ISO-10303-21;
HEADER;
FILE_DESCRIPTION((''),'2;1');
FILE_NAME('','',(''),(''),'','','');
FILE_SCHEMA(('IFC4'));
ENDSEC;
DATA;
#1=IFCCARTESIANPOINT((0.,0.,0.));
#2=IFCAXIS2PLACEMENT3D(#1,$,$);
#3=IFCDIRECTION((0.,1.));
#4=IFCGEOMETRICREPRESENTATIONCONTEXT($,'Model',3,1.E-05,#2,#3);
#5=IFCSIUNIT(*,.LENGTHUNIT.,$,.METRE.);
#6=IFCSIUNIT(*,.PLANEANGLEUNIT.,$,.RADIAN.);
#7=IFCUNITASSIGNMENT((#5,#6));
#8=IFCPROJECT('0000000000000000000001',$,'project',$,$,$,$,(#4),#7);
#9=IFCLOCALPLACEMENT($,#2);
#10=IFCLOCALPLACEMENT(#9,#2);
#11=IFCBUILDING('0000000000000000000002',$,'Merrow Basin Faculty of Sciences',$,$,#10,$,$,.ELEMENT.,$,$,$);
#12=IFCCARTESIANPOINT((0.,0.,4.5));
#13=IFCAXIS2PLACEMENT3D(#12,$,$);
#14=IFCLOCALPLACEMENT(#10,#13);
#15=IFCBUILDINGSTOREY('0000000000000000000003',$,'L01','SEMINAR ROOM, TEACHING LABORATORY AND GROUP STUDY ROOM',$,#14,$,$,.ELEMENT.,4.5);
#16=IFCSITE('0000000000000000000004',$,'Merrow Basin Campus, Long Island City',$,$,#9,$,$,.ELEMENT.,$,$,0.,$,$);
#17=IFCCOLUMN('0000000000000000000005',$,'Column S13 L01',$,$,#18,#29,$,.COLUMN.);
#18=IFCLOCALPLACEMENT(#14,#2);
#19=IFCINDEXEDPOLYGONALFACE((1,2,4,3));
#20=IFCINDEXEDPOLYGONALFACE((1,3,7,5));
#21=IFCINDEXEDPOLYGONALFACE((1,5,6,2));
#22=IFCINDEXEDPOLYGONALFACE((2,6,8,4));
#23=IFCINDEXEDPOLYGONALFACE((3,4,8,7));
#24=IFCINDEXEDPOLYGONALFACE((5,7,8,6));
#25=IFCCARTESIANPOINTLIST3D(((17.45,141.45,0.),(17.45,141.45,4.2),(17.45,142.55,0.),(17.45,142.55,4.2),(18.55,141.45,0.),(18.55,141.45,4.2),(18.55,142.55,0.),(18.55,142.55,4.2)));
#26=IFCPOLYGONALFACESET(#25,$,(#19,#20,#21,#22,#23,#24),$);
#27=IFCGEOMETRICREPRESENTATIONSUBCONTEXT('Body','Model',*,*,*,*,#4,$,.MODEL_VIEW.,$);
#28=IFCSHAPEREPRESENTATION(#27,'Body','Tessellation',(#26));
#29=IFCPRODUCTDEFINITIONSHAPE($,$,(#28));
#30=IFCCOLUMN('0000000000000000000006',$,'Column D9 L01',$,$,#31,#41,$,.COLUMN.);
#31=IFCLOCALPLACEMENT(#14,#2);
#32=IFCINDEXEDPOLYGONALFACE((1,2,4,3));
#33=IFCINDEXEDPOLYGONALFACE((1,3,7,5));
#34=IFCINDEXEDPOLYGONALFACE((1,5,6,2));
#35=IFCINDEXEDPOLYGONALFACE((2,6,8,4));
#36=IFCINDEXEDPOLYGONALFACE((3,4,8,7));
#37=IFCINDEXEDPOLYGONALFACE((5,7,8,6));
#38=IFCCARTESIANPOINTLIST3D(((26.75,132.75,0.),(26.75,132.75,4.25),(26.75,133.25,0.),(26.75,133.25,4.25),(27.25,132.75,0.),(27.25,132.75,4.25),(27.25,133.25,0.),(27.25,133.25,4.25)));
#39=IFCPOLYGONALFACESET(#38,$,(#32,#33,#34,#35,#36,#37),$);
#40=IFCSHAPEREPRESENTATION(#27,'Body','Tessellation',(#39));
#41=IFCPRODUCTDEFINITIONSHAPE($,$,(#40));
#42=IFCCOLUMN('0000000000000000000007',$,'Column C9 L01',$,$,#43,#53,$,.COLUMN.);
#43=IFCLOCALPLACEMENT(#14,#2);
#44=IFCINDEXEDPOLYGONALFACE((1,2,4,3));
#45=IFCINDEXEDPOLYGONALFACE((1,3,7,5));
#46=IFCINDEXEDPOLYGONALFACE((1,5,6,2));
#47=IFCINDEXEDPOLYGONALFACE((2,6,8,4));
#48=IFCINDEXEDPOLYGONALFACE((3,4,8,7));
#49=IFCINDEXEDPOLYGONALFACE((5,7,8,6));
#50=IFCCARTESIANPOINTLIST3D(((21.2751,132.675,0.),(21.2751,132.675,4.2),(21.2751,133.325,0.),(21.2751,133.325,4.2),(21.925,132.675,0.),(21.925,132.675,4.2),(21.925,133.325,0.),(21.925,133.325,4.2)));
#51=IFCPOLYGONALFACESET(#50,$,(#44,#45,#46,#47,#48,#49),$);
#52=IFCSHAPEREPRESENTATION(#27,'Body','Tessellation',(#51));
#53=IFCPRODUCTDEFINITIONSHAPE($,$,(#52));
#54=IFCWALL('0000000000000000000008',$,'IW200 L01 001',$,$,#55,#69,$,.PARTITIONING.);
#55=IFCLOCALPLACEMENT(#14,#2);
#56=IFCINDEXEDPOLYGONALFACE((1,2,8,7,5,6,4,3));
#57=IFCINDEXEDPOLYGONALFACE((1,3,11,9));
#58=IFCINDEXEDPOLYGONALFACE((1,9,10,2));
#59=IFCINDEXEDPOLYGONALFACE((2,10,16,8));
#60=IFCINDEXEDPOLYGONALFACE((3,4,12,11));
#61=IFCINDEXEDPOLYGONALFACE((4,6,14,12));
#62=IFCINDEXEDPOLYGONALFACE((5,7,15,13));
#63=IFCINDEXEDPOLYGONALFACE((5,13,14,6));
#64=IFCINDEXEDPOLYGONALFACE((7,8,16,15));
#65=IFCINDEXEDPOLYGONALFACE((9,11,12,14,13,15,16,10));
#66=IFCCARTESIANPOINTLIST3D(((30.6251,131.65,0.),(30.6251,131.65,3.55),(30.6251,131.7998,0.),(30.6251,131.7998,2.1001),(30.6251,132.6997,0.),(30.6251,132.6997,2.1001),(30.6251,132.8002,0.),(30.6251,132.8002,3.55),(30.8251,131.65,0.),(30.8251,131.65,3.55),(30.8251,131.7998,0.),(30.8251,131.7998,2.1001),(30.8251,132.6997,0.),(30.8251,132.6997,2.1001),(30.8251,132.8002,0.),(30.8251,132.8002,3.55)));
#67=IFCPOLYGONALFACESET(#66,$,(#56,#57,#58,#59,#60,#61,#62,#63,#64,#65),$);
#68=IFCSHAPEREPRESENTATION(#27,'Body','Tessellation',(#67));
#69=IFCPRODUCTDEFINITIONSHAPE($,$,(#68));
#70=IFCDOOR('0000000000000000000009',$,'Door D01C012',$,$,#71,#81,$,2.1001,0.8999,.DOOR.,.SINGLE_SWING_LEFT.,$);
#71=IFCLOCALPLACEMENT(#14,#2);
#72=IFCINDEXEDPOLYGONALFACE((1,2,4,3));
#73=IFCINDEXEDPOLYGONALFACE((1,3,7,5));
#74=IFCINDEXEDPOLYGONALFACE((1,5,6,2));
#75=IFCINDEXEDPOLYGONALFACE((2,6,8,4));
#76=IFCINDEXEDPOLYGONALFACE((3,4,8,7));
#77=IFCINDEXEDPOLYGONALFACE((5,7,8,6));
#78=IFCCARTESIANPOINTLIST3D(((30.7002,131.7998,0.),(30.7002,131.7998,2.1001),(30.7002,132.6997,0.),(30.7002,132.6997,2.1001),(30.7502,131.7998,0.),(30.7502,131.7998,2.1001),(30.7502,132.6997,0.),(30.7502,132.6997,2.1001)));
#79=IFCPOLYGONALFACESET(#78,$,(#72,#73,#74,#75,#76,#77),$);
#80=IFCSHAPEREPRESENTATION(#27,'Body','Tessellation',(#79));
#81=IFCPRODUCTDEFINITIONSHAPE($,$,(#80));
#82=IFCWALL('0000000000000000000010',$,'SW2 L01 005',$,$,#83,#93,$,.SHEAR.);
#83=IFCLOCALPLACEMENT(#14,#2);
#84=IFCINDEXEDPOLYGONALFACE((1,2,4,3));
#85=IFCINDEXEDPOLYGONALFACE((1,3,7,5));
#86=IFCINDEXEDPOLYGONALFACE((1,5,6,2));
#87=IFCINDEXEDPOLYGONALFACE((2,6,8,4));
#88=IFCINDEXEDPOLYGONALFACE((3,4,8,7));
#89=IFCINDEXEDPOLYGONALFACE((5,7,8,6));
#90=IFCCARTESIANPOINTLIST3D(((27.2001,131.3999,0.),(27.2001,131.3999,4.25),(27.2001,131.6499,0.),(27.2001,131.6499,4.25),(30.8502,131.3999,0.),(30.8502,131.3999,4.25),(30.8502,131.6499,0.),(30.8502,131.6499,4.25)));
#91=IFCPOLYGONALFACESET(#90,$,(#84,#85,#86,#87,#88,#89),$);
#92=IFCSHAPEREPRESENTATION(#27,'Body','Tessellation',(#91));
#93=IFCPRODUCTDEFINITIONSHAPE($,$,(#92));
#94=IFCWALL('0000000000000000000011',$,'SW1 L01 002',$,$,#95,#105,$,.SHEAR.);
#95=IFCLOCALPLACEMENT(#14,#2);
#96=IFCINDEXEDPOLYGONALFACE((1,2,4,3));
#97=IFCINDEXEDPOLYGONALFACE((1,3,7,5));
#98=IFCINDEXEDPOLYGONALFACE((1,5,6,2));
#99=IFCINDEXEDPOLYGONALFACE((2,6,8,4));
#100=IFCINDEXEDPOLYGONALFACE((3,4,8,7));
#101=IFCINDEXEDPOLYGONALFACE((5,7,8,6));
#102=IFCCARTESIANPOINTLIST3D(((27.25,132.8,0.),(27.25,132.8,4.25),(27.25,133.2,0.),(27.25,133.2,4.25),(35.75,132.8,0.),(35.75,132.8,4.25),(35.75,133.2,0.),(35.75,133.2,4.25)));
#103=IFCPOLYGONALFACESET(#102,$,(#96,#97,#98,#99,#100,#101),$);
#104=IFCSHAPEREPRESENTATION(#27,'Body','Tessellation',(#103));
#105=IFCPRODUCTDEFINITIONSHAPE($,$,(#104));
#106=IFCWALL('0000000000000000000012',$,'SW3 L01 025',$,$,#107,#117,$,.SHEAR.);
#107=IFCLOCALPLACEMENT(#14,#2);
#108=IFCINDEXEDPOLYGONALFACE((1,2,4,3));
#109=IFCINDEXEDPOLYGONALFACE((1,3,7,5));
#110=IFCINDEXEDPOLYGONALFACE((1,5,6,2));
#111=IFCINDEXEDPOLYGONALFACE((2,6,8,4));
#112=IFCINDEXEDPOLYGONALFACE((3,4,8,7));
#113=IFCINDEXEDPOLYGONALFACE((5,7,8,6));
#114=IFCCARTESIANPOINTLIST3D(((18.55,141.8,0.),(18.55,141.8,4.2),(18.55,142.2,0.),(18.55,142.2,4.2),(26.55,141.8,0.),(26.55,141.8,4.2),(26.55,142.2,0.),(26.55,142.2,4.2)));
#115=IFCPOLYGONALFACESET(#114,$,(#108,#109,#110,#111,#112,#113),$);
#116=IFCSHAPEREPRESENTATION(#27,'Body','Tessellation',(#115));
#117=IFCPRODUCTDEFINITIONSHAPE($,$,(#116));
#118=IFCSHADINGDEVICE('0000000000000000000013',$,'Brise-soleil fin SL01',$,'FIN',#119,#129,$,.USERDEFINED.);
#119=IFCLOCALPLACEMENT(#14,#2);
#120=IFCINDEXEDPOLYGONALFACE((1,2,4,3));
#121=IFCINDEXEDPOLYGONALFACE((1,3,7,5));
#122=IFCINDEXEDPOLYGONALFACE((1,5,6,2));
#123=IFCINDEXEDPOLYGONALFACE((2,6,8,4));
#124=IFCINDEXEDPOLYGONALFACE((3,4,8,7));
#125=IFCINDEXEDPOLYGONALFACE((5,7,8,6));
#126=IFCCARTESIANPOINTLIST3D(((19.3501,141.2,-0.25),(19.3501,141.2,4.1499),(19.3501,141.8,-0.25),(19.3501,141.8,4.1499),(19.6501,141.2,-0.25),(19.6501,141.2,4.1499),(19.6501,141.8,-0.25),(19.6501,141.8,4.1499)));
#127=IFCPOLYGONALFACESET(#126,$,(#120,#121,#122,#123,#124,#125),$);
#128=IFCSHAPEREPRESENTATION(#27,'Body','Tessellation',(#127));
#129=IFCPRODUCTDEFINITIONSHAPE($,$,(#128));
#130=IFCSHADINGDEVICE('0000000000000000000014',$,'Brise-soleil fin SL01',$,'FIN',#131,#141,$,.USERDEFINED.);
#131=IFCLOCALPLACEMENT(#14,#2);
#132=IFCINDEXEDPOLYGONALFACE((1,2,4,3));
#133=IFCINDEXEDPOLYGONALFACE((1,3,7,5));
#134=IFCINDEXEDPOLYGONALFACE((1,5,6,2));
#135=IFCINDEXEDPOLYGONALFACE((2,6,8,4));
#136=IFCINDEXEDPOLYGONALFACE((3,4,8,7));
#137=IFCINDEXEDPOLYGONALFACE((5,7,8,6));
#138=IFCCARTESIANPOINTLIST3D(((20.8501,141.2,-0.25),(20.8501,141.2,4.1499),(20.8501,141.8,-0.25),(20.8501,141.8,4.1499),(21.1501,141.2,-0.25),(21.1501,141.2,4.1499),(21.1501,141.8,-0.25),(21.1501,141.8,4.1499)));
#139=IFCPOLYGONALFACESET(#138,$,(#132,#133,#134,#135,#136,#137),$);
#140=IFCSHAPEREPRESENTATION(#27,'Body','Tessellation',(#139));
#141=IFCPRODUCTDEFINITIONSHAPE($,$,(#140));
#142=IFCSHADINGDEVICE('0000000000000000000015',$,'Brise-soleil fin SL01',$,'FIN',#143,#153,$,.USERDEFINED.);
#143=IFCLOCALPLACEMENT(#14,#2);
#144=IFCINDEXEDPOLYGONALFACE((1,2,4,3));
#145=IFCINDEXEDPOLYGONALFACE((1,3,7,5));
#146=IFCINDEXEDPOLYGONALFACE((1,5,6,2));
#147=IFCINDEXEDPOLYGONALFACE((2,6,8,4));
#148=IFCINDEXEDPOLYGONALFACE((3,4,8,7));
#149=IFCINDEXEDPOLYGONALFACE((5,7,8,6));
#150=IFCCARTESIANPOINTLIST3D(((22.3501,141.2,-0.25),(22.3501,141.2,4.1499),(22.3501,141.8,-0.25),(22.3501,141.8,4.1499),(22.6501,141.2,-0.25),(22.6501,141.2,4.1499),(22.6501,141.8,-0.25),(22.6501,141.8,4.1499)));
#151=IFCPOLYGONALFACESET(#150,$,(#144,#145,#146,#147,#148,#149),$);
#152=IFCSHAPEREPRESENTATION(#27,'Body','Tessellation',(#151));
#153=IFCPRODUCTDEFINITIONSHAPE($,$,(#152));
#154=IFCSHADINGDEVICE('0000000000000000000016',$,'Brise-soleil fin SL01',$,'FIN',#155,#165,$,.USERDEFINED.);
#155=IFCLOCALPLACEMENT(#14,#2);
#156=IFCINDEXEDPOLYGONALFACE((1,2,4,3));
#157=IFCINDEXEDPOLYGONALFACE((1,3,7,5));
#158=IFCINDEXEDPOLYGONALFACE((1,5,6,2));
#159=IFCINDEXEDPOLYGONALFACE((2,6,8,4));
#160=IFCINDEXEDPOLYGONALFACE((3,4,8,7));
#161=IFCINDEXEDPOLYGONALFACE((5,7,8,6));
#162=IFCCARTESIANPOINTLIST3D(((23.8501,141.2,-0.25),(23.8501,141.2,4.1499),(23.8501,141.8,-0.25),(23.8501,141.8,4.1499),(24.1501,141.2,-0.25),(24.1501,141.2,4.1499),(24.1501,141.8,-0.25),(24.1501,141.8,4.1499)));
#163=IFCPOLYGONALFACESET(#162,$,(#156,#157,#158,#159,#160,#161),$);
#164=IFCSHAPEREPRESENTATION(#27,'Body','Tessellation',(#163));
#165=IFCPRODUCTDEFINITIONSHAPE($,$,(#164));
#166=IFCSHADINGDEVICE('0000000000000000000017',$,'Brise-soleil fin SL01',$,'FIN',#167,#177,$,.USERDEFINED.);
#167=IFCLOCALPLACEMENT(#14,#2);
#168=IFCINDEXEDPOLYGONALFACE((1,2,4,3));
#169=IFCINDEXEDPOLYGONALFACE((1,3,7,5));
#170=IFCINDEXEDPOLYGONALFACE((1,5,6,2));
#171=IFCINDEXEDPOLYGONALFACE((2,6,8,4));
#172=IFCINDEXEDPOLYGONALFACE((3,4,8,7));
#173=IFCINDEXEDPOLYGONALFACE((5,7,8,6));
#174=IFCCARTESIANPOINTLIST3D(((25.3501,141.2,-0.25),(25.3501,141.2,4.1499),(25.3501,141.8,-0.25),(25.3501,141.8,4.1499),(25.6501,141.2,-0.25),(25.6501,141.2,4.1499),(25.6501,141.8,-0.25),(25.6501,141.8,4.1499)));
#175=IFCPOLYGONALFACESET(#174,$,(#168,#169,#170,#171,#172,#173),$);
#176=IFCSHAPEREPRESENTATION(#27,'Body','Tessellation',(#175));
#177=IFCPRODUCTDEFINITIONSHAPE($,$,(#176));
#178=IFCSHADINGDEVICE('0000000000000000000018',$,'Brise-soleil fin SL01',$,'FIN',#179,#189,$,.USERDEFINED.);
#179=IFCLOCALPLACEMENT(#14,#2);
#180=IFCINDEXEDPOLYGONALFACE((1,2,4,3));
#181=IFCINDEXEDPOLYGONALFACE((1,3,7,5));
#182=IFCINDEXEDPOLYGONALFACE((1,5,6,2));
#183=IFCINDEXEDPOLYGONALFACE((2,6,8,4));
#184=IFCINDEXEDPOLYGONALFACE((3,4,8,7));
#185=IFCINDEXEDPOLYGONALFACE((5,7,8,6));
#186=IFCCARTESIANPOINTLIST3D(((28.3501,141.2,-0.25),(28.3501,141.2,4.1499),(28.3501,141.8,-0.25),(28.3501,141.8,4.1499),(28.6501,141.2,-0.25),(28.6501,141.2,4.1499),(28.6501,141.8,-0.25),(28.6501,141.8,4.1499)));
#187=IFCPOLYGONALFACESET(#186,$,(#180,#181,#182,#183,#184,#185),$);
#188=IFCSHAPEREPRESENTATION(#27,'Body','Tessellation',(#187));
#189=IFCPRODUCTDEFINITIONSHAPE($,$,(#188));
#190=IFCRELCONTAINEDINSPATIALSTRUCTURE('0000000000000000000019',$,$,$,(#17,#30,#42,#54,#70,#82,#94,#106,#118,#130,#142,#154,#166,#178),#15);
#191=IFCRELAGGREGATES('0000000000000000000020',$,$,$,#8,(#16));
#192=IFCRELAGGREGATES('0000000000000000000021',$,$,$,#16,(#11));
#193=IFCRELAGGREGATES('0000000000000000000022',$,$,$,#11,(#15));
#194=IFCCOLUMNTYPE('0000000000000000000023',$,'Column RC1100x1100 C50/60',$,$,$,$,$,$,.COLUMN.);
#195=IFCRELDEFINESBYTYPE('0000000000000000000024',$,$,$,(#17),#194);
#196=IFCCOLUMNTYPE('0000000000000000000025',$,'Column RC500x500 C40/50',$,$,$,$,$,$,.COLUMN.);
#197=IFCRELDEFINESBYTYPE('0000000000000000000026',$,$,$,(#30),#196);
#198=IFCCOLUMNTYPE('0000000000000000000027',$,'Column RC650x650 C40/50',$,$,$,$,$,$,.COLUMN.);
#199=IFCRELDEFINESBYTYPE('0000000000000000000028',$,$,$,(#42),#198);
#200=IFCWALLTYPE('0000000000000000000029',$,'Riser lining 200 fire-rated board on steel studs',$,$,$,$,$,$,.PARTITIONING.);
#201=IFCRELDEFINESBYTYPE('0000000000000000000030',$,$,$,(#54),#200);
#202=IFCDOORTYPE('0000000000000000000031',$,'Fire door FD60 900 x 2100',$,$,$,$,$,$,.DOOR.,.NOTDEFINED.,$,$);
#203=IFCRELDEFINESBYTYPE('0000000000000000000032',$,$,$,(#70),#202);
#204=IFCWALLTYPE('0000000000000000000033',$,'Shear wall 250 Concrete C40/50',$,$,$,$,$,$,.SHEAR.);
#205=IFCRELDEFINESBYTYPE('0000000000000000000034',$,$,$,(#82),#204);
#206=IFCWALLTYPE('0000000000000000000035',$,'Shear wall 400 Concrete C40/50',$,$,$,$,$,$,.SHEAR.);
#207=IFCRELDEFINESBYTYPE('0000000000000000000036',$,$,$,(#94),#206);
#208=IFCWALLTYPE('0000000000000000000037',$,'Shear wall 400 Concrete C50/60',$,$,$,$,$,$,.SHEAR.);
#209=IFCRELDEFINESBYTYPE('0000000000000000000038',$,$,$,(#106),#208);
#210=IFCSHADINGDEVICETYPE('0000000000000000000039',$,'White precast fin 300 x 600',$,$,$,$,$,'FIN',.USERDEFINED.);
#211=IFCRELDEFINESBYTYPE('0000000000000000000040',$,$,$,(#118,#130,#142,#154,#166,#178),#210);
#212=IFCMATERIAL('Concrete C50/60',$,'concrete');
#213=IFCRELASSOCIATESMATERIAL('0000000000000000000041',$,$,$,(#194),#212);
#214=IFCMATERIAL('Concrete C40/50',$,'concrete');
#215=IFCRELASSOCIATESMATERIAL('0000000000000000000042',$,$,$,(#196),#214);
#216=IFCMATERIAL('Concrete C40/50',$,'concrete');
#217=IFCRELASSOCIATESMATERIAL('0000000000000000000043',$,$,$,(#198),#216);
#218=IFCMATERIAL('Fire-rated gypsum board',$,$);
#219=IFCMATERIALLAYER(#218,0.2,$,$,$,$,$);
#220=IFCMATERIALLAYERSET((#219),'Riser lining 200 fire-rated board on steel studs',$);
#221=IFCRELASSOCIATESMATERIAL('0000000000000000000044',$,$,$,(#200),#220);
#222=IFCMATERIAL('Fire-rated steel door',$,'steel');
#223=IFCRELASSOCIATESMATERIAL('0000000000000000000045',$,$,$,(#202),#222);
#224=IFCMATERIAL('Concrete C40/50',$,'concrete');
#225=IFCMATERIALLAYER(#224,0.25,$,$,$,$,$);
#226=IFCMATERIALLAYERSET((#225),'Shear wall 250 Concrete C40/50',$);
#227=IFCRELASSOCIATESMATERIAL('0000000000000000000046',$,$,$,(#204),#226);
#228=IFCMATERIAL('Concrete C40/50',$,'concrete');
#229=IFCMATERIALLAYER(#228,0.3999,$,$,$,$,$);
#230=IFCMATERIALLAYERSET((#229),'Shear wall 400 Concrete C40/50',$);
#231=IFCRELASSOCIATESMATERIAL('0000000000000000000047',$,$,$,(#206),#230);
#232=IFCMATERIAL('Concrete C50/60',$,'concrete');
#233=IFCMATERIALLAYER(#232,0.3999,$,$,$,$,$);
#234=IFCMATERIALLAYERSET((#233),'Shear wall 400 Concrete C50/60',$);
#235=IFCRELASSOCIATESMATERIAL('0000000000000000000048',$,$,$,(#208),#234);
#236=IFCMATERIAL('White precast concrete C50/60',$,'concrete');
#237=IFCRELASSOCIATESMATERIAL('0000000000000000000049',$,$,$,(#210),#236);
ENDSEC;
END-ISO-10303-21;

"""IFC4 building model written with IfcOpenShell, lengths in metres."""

from ifc_helpers import new_model, si_unit, direction, frame, frame_2d, origin, origin_2d, place, context, subcontext, project, spatial, polyline, rectangle, outline, extrude, source, transform, mapped, material, layer, layer_set, material_profile, profile_set, type_object, element, fill, save


model = new_model("IFC4")

# Units and contexts
model_context = context("Model", 3, precision=1e-05, world=origin(), true_north=direction((0.0, 1.0)))
body_context = subcontext(model_context, "Body", "Model", "MODEL_VIEW")
ifc_project = project(units=[si_unit("LENGTHUNIT", "METRE"), si_unit("PLANEANGLEUNIT", "RADIAN")], contexts=[model_context])

# Site, building, storey
site_placement = place(None, origin())
site = spatial("IfcSite", under=ifc_project, at=site_placement, Name="Merrow Basin Campus, Long Island City", CompositionType="ELEMENT", RefElevation=0.0)
building_placement = place(site_placement, origin())
building = spatial("IfcBuilding", under=site, at=building_placement, Name="Merrow Basin Faculty of Sciences", CompositionType="ELEMENT")
storey_placement = place(building_placement, frame((0.0, 0.0, 4.5)))
storey = spatial("IfcBuildingStorey", under=building, at=storey_placement, Name="L01", Description="SEMINAR ROOM, TEACHING LABORATORY AND GROUP STUDY ROOM", CompositionType="ELEMENT", Elevation=4.5)

# Columns
ifc_material_1 = material(Name="Concrete C50/60", Category="concrete")
ifc_material_profile_1 = material_profile(ifc_material_1, rectangle(XDim=1.1001, YDim=1.1001, at=origin_2d()))
ifc_profile_set_1 = profile_set([ifc_material_profile_1], Name="Concrete C50/60")
column_type_1 = type_object("IfcColumnType", Name="Column RC1100x1100 C50/60", PredefinedType="COLUMN", material=ifc_profile_set_1)
column_1_placement = place(storey_placement, frame((18.0, 142.0, 0.0), z_axis=(0.0, 0.0, 1.0), x_axis=(1.0, 0.0, 0.0)))
element("IfcColumn", 1, at=column_1_placement, inside=storey, type_object=column_type_1, Name="Column S13 L01", PredefinedType="COLUMN", context=body_context, shape_type="SweptSolid", body=[
    extrude(rectangle(XDim=1.1001, YDim=1.1001, at=origin_2d()), origin(), (0.0, 0.0, 1.0), 4.2),
])
ifc_material_2 = material(Name="Concrete C40/50", Category="concrete")
ifc_material_profile_2 = material_profile(ifc_material_2, rectangle(XDim=0.5, YDim=0.5, at=origin_2d()))
ifc_profile_set_2 = profile_set([ifc_material_profile_2], Name="Concrete C40/50")
column_type_2 = type_object("IfcColumnType", Name="Column RC500x500 C40/50", PredefinedType="COLUMN", material=ifc_profile_set_2)
column_2_placement = place(storey_placement, frame((27.0, 133.0, 0.0), z_axis=(0.0, 0.0, 1.0), x_axis=(1.0, 0.0, 0.0)))
element("IfcColumn", 2, at=column_2_placement, inside=storey, type_object=column_type_2, Name="Column D9 L01", PredefinedType="COLUMN", context=body_context, shape_type="SweptSolid", body=[
    extrude(rectangle(XDim=0.5, YDim=0.5, at=origin_2d()), origin(), (0.0, 0.0, 1.0), 4.25),
])
ifc_material_3 = material(Name="Concrete C40/50", Category="concrete")
ifc_material_profile_3 = material_profile(ifc_material_3, rectangle(XDim=0.6499, YDim=0.6499, at=origin_2d()))
ifc_profile_set_3 = profile_set([ifc_material_profile_3], Name="Concrete C40/50")
column_type_3 = type_object("IfcColumnType", Name="Column RC650x650 C40/50", PredefinedType="COLUMN", material=ifc_profile_set_3)
column_3_placement = place(storey_placement, frame((21.6001, 133.0, 0.0), z_axis=(0.0, 0.0, 1.0), x_axis=(1.0, 0.0, 0.0)))
element("IfcColumn", 3, at=column_3_placement, inside=storey, type_object=column_type_3, Name="Column C9 L01", PredefinedType="COLUMN", context=body_context, shape_type="SweptSolid", body=[
    extrude(rectangle(XDim=0.6499, YDim=0.6499, at=origin_2d()), origin(), (0.0, 0.0, 1.0), 4.2),
])

# Wall, opening, door
ifc_material_4 = material(Name="Fire-rated gypsum board")
ifc_layer_1 = layer(ifc_material_4, 0.2)
ifc_layer_set_1 = layer_set([ifc_layer_1], Name="Riser lining 200 fire-rated board on steel studs")
wall_type_1 = type_object("IfcWallType", Name="Riser lining 200 fire-rated board on steel studs", PredefinedType="PARTITIONING", material=ifc_layer_set_1)
wall_1_placement = place(storey_placement, frame((30.7251, 131.6499, 0.0), z_axis=(0.0, 0.0, 1.0), x_axis=(0.0, 1.0, 0.0)))
wall_1 = element("IfcWall", 4, at=wall_1_placement, inside=storey, type_object=wall_type_1, Name="IW200 L01 001", PredefinedType="PARTITIONING", context=body_context, shape_type="SweptSolid", body=[
    extrude(rectangle(XDim=1.1501, YDim=0.2, at=frame_2d((0.5752, 0.0))), origin(), (0.0, 0.0, 1.0), 3.55),
])
opening_placement = place(wall_1_placement, frame((0.1499, 0.0, 0.0)))
opening = element("IfcOpeningElement", 5, at=opening_placement, cuts=wall_1, PredefinedType="OPENING", context=body_context, shape_type="SweptSolid", body=[
    extrude(rectangle(XDim=0.8999, YDim=2.1001, at=frame_2d((0.45, 1.05))), frame((0.0, 0.1099, 0.0), z_axis=(0.0, -1.0, 0.0), x_axis=(1.0, 0.0, 0.0)), (0.0, 0.0, 1.0), 0.22),
])
ifc_material_5 = material(Name="Fire-rated steel door", Category="steel")
door_type = type_object("IfcDoorType", Name="Fire door FD60 900 x 2100", OperationType="NOTDEFINED", PredefinedType="DOOR", material=ifc_material_5)
door_placement = place(opening_placement, origin())
door = element("IfcDoor", 6, at=door_placement, inside=storey, type_object=door_type, Name="Door D01C012", OperationType="SINGLE_SWING_LEFT", OverallHeight=2.1001, OverallWidth=0.8999, PredefinedType="DOOR", context=body_context, shape_type="SweptSolid", body=[
    extrude(rectangle(XDim=0.8999, YDim=2.1001, at=frame_2d((0.45, 1.05))), frame((0.0, 0.0249, 0.0), z_axis=(0.0, -1.0, 0.0), x_axis=(1.0, 0.0, 0.0)), (0.0, 0.0, 1.0), 0.05),
])
fill(opening, door)

# Walls
ifc_material_6 = material(Name="Concrete C40/50", Category="concrete")
ifc_layer_2 = layer(ifc_material_6, 0.25)
ifc_layer_set_2 = layer_set([ifc_layer_2], Name="Shear wall 250 Concrete C40/50")
wall_type_2 = type_object("IfcWallType", Name="Shear wall 250 Concrete C40/50", PredefinedType="SHEAR", material=ifc_layer_set_2)
wall_2_placement = place(storey_placement, frame((27.2, 131.5249, 0.0), z_axis=(0.0, 0.0, 1.0), x_axis=(1.0, 0.0, 0.0)))
element("IfcWall", 7, at=wall_2_placement, inside=storey, type_object=wall_type_2, Name="SW2 L01 005", PredefinedType="SHEAR", context=body_context, shape_type="SweptSolid", body=[
    extrude(rectangle(XDim=3.6501, YDim=0.25, at=frame_2d((1.8252, 0.0))), origin(), (0.0, 0.0, 1.0), 4.25),
])
ifc_material_7 = material(Name="Concrete C40/50", Category="concrete")
ifc_layer_3 = layer(ifc_material_7, 0.3999)
ifc_layer_set_3 = layer_set([ifc_layer_3], Name="Shear wall 400 Concrete C40/50")
wall_type_3 = type_object("IfcWallType", Name="Shear wall 400 Concrete C40/50", PredefinedType="SHEAR", material=ifc_layer_set_3)
wall_3_placement = place(storey_placement, frame((27.25, 133.0, 0.0), z_axis=(0.0, 0.0, 1.0), x_axis=(1.0, 0.0, 0.0)))
element("IfcWall", 8, at=wall_3_placement, inside=storey, type_object=wall_type_3, Name="SW1 L01 002", PredefinedType="SHEAR", context=body_context, shape_type="SweptSolid", body=[
    extrude(rectangle(XDim=8.5, YDim=0.3999, at=frame_2d((4.25, 0.0))), origin(), (0.0, 0.0, 1.0), 4.25),
])
ifc_material_8 = material(Name="Concrete C50/60", Category="concrete")
ifc_layer_4 = layer(ifc_material_8, 0.3999)
ifc_layer_set_4 = layer_set([ifc_layer_4], Name="Shear wall 400 Concrete C50/60")
wall_type_4 = type_object("IfcWallType", Name="Shear wall 400 Concrete C50/60", PredefinedType="SHEAR", material=ifc_layer_set_4)
wall_4_placement = place(storey_placement, frame((18.55, 142.0, 0.0), z_axis=(0.0, 0.0, 1.0), x_axis=(1.0, 0.0, 0.0)))
element("IfcWall", 9, at=wall_4_placement, inside=storey, type_object=wall_type_4, Name="SW3 L01 025", PredefinedType="SHEAR", context=body_context, shape_type="SweptSolid", body=[
    extrude(rectangle(XDim=8.0, YDim=0.3999, at=frame_2d((4.0, 0.0))), origin(), (0.0, 0.0, 1.0), 4.2),
])

# Shading devices
ifc_material_9 = material(Name="White precast concrete C50/60", Category="concrete")
shading_device_type = type_object("IfcShadingDeviceType", Name="White precast fin 300 x 600", ElementType="FIN", PredefinedType="USERDEFINED", material=ifc_material_9)
shared_shape_1 = source(origin(), body_context, "Body", "SweptSolid", [
    extrude(outline(polyline([(0.0, 0.0), (0.3, 0.0), (0.3, 4.3999), (0.0, 4.3999), (0.0, 0.0)])), origin(), (0.0, 0.0, 1.0), 0.6001),
])
for number, where, z_axis, x_axis, name in (
    (10, (19.3501, 141.8, -0.25), (0.0, -1.0, 0.0), (1.0, 0.0, 0.0), "Brise-soleil fin SL01"),
    (11, (20.8501, 141.8, -0.25), (0.0, -1.0, 0.0), (1.0, 0.0, 0.0), "Brise-soleil fin SL01"),
    (12, (22.3501, 141.8, -0.25), (0.0, -1.0, 0.0), (1.0, 0.0, 0.0), "Brise-soleil fin SL01"),
    (13, (23.8501, 141.8, -0.25), (0.0, -1.0, 0.0), (1.0, 0.0, 0.0), "Brise-soleil fin SL01"),
    (14, (25.3501, 141.8, -0.25), (0.0, -1.0, 0.0), (1.0, 0.0, 0.0), "Brise-soleil fin SL01"),
    (15, (28.3501, 141.8, -0.25), (0.0, -1.0, 0.0), (1.0, 0.0, 0.0), "Brise-soleil fin SL01"),
):
    element("IfcShadingDevice", number, at=place(storey_placement, frame(where, z_axis=z_axis, x_axis=x_axis)), inside=storey, type_object=shading_device_type, Name=name, ObjectType="FIN", PredefinedType="USERDEFINED", context=body_context, shape_type="MappedRepresentation", body=[
        mapped(shared_shape_1, transform((0.0, 0.0, 0.0), scale=1.0)),
    ])

save(model, "model.ifc")
